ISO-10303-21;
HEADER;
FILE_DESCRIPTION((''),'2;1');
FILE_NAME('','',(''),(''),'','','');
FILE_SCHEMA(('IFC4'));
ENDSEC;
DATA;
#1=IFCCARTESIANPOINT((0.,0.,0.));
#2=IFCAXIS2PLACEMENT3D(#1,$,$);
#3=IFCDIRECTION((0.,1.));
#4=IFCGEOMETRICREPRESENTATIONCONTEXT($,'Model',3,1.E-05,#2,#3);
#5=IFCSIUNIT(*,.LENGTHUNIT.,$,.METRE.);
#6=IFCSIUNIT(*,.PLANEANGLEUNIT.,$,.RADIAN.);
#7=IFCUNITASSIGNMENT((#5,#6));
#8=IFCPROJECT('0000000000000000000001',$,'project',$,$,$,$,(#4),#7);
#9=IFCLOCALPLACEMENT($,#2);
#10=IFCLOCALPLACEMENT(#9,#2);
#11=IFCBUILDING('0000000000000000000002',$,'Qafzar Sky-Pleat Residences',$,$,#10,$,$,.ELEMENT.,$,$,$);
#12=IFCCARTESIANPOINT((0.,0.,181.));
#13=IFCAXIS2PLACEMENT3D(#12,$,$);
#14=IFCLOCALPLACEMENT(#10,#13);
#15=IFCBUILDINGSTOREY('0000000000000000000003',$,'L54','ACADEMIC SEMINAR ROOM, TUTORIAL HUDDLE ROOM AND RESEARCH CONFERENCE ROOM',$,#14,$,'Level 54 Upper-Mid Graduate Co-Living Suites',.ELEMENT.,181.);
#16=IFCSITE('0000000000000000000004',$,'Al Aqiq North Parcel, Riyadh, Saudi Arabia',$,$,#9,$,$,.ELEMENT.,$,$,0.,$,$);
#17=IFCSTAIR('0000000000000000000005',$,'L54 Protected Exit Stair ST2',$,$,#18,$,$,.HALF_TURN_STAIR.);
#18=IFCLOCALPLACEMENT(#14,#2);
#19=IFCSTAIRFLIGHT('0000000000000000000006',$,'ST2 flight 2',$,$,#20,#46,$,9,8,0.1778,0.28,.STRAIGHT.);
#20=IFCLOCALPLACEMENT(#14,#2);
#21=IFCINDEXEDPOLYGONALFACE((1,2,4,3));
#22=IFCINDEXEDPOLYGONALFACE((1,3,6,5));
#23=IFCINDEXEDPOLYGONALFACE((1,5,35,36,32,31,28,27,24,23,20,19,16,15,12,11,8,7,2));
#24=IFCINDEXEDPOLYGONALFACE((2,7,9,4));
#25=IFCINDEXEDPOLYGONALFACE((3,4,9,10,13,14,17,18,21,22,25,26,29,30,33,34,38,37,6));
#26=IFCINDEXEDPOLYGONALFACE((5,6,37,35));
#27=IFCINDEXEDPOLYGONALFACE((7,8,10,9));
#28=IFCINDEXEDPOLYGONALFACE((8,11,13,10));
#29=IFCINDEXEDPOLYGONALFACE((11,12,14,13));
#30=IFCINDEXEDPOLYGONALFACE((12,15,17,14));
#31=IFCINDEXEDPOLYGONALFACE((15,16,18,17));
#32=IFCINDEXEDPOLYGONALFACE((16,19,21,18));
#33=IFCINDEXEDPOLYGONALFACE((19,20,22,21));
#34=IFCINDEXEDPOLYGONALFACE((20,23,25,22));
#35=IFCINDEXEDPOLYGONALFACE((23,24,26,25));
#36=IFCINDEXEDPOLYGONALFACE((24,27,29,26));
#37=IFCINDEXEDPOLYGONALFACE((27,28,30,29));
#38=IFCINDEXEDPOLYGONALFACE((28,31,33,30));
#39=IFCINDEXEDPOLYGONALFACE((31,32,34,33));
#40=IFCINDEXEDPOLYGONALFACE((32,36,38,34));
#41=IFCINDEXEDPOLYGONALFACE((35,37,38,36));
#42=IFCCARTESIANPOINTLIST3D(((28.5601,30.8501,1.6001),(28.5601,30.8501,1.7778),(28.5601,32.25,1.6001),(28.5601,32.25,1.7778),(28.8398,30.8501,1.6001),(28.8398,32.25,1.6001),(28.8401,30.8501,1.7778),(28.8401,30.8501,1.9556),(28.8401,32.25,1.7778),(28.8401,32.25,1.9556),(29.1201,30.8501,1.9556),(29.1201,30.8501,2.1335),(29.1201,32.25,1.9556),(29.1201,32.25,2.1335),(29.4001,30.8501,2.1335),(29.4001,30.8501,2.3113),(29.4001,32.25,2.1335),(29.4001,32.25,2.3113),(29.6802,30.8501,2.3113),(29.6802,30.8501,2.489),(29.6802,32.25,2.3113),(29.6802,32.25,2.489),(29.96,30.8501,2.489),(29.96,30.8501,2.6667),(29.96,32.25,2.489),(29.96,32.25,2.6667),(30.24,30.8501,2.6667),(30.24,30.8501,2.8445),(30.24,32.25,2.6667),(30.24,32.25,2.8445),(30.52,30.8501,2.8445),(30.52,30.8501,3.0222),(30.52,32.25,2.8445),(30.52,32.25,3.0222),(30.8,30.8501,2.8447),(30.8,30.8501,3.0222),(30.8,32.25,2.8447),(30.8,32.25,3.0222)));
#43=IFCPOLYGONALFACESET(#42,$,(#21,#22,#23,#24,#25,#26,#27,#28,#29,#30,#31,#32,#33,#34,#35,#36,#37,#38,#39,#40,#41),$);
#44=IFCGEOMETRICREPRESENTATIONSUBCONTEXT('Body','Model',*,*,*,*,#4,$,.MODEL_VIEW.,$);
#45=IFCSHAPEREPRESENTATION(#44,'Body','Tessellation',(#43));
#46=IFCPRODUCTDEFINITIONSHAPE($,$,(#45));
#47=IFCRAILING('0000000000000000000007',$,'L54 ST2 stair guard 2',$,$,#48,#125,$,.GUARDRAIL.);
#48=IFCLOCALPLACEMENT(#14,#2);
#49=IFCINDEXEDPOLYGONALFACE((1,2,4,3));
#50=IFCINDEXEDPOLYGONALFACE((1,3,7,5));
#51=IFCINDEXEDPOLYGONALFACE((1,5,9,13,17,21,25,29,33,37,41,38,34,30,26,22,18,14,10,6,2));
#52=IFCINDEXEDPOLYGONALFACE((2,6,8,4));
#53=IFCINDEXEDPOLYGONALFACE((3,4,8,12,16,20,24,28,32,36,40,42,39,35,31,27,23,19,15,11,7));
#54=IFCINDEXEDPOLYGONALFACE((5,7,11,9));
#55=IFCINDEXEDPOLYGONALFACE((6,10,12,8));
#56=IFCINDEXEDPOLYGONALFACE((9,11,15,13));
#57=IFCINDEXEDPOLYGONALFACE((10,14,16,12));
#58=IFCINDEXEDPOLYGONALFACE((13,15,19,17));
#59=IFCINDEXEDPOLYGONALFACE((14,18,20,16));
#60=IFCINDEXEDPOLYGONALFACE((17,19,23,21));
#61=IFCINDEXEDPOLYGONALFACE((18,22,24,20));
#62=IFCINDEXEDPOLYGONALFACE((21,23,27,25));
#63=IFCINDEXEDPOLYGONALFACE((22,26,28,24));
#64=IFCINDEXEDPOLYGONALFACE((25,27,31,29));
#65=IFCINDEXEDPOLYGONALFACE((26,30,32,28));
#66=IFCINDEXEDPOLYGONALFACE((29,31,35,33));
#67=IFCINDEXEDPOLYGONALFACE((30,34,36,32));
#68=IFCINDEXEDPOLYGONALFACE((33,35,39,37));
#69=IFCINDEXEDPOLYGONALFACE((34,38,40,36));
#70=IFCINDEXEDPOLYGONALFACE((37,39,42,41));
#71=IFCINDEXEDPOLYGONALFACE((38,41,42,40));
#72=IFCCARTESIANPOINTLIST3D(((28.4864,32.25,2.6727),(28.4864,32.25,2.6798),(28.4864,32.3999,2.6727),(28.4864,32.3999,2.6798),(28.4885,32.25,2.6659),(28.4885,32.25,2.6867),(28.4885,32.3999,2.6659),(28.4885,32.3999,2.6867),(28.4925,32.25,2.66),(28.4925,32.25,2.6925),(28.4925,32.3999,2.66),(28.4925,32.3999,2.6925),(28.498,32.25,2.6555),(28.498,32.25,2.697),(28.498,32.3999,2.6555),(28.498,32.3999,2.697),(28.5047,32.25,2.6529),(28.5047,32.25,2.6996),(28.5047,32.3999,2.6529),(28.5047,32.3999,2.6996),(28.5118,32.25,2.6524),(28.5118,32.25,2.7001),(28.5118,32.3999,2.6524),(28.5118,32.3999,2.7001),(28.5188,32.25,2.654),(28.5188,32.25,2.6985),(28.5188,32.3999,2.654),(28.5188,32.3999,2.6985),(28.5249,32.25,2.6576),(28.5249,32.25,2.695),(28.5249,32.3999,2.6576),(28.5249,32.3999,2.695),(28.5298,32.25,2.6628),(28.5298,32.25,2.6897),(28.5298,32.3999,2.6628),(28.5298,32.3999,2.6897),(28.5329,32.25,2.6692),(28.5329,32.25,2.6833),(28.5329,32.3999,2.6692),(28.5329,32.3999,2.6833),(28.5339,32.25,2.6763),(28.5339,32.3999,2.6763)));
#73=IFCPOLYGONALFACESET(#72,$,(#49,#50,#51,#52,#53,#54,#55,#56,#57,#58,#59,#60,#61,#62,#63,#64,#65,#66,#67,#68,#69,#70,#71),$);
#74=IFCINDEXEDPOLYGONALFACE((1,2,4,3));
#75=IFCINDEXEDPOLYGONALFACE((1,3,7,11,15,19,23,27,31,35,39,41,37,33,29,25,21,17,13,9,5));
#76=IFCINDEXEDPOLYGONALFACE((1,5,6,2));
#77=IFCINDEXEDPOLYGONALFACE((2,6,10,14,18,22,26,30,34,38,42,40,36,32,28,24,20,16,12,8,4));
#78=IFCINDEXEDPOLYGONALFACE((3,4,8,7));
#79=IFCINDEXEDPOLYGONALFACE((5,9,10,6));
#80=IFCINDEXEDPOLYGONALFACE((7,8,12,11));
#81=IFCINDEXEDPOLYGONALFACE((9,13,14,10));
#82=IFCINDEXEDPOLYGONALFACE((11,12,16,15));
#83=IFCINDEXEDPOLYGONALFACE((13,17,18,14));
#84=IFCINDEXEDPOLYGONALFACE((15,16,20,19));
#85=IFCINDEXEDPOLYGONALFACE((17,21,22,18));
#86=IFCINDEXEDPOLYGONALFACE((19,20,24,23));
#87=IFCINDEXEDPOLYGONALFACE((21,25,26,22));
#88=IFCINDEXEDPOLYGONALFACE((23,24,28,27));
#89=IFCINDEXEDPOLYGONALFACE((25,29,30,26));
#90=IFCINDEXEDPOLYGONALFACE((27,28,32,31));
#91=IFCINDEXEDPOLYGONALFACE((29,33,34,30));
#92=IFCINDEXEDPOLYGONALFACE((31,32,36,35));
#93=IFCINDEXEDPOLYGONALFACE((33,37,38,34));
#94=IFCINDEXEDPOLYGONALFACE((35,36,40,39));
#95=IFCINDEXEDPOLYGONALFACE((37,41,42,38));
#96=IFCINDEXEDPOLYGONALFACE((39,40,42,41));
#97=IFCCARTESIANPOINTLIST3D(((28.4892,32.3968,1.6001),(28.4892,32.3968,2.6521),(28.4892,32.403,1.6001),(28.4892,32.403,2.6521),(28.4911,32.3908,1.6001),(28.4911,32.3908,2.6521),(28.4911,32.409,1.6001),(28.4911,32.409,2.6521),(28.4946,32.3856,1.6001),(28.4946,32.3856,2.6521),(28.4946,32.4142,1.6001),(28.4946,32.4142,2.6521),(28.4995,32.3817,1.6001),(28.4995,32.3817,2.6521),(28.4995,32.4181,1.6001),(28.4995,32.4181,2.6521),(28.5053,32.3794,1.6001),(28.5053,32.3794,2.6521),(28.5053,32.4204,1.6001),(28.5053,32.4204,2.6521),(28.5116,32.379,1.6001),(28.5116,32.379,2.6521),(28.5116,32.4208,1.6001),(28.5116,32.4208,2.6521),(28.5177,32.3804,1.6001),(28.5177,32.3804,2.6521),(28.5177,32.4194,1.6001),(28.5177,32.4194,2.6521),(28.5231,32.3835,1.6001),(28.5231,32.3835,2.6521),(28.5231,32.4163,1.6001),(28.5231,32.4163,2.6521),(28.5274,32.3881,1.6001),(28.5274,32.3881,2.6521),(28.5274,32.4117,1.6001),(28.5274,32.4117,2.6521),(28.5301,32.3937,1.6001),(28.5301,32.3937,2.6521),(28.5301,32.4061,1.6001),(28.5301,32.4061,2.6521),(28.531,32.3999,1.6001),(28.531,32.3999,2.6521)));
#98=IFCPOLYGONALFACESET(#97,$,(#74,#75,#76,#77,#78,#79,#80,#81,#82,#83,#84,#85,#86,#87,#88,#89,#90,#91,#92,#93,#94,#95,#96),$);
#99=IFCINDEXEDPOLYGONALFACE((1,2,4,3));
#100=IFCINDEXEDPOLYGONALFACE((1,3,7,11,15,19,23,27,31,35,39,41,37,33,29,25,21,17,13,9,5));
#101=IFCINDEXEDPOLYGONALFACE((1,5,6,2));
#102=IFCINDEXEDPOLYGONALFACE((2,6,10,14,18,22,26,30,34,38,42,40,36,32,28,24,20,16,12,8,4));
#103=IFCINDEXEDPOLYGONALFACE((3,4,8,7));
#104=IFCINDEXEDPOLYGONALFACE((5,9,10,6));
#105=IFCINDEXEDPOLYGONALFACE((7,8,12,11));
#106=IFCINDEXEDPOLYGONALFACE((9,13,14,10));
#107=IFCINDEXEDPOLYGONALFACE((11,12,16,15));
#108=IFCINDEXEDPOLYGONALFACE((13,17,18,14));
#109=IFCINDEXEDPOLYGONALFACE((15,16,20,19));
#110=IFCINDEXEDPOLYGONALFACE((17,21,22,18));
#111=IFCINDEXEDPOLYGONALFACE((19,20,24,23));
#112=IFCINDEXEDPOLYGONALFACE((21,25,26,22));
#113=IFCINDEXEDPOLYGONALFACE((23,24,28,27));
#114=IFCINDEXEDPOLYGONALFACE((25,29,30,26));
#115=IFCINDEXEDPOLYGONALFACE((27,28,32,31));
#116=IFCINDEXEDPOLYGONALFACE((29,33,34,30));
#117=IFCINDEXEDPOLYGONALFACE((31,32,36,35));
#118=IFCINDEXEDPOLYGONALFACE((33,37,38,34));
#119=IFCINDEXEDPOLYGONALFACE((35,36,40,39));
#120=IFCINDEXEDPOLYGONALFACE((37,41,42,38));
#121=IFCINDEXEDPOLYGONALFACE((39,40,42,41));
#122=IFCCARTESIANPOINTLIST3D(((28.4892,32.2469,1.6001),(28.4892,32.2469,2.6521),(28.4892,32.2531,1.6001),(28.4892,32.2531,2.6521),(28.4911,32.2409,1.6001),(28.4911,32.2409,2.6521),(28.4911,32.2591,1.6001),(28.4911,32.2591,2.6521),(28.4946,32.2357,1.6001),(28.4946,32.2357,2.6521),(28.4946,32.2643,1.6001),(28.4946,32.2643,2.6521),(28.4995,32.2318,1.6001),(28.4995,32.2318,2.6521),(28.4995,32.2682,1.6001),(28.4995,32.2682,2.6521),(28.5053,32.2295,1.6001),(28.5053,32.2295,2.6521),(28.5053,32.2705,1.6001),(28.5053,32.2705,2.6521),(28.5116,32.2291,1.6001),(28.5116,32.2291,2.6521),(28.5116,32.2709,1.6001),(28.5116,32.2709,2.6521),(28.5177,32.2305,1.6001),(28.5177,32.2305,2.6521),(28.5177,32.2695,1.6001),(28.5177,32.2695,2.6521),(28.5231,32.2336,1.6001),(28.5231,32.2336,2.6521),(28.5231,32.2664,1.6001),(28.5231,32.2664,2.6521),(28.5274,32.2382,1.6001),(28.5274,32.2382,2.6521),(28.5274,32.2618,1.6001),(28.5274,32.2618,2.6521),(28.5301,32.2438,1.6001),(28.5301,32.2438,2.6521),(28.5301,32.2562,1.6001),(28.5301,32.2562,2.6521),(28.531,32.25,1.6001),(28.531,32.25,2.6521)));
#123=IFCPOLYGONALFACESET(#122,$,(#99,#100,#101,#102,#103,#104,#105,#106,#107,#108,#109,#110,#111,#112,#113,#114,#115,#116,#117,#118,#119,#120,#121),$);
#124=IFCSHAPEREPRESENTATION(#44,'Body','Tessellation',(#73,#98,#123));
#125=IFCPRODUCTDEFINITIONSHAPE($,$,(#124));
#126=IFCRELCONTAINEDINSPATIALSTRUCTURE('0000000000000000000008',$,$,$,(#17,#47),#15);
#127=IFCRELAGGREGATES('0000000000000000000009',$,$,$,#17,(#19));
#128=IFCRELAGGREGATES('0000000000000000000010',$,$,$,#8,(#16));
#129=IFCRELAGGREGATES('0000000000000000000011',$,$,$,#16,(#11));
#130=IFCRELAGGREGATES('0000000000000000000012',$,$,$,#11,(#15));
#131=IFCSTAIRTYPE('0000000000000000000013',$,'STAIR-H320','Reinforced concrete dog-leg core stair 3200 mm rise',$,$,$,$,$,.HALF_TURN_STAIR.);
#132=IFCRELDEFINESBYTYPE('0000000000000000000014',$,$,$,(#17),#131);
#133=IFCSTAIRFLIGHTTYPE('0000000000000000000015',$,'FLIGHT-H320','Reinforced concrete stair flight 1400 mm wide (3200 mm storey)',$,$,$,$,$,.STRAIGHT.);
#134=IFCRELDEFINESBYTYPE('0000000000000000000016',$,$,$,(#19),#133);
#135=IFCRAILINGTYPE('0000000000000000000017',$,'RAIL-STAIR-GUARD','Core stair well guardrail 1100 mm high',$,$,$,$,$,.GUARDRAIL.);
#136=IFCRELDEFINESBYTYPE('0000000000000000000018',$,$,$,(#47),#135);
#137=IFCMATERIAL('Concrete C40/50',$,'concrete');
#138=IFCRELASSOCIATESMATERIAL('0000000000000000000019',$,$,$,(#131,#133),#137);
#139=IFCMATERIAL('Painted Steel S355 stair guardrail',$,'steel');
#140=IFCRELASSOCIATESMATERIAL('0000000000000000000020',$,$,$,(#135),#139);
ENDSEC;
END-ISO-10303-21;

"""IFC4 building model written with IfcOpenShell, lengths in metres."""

from ifc_helpers import new_model, si_unit, direction, frame, origin, origin_2d, place, context, subcontext, project, spatial, polyline, circle, outline, extrude, source, transform, mapped, material, type_object, element, aggregate, save


model = new_model("IFC4")

# Units and contexts
model_context = context("Model", 3, precision=1e-05, world=origin(), true_north=direction((0.0, 1.0)))
body_context = subcontext(model_context, "Body", "Model", "MODEL_VIEW")
ifc_project = project(units=[si_unit("LENGTHUNIT", "METRE"), si_unit("PLANEANGLEUNIT", "RADIAN")], contexts=[model_context])

# Site, building, storey
site_placement = place(None, origin())
site = spatial("IfcSite", under=ifc_project, at=site_placement, Name="Al Aqiq North Parcel, Riyadh, Saudi Arabia", CompositionType="ELEMENT", RefElevation=0.0)
building_placement = place(site_placement, origin())
building = spatial("IfcBuilding", under=site, at=building_placement, Name="Qafzar Sky-Pleat Residences", CompositionType="ELEMENT")
storey_placement = place(building_placement, frame((0.0, 0.0, 181.0)))
storey = spatial("IfcBuildingStorey", under=building, at=storey_placement, Name="L54", Description="ACADEMIC SEMINAR ROOM, TUTORIAL HUDDLE ROOM AND RESEARCH CONFERENCE ROOM", LongName="Level 54 Upper-Mid Graduate Co-Living Suites", CompositionType="ELEMENT", Elevation=181.0)

# Stair, stair flight
ifc_material_1 = material(Name="Concrete C40/50", Category="concrete")
stair_type = type_object("IfcStairType", Name="STAIR-H320", Description="Reinforced concrete dog-leg core stair 3200 mm rise", PredefinedType="HALF_TURN_STAIR", material=ifc_material_1)
stair_placement = place(storey_placement, origin())
stair = element("IfcStair", 1, at=stair_placement, inside=storey, type_object=stair_type, Name="L54 Protected Exit Stair ST2", PredefinedType="HALF_TURN_STAIR")
stair_flight_type = type_object("IfcStairFlightType", Name="FLIGHT-H320", Description="Reinforced concrete stair flight 1400 mm wide (3200 mm storey)", PredefinedType="STRAIGHT", material=ifc_material_1)
shared_shape_1 = source(origin(), body_context, "Body", "SweptSolid", [
    extrude(outline(polyline([(0.0, 0.0), (0.0, 0.1777), (0.28, 0.1777), (0.28, 0.3555), (0.5601, 0.3555), (0.5601, 0.5334), (0.8401, 0.5334), (0.8401, 0.7112), (1.1201, 0.7112), (1.1201, 0.8889), (1.3999, 0.8889), (1.3999, 1.0667), (1.6799, 1.0667), (1.6799, 1.2444), (1.96, 1.2444), (1.96, 1.4221), (2.24, 1.4221), (2.24, 1.6001), (2.24, 1.2446), (0.2798, 0.0), (0.0, 0.0)])), frame((0.0, 0.7, 0.0), z_axis=(0.0, -1.0, 0.0), x_axis=(1.0, 0.0, 0.0)), (0.0, 0.0, 1.0), 1.3999),
])
stair_flight_placement = place(storey_placement, frame((28.5601, 31.55, 1.6001), z_axis=(0.0, 0.0, 1.0), x_axis=(1.0, 0.0, 0.0)))
stair_flight = element("IfcStairFlight", 2, at=stair_flight_placement, type_object=stair_flight_type, Name="ST2 flight 2", NumberOfRisers=9, NumberOfTreads=8, PredefinedType="STRAIGHT", RiserHeight=0.1778, TreadLength=0.28, context=body_context, shape_type="MappedRepresentation", body=[
    mapped(shared_shape_1, transform((0.0, 0.0, 0.0), x_axis=(1.0, 0.0, 0.0), y_axis=(0.0, 1.0, 0.0), z_axis=(0.0, 0.0, 1.0), scale=1.0)),
])
aggregate(stair, [stair_flight])

# Railing
ifc_material_2 = material(Name="Painted Steel S355 stair guardrail", Category="steel")
railing_type_1 = type_object("IfcRailingType", Name="RAIL-STAIR-GUARD", Description="Core stair well guardrail 1100 mm high", PredefinedType="GUARDRAIL", material=ifc_material_2)
shared_shape_2 = source(origin(), body_context, "Body", "SweptSolid", [
    extrude(circle(Radius=0.0239, at=origin_2d()), frame((0.0, 0.0, 1.0762), z_axis=(0.0, -1.0, 0.0), x_axis=(1.0, 0.0, 0.0)), (0.0, 0.0, 1.0), 0.1499),
    extrude(circle(Radius=0.021, at=origin_2d()), origin(), (0.0, 0.0, 1.0), 1.052),
    extrude(circle(Radius=0.021, at=origin_2d()), frame((0.0, -0.1499, 0.0)), (0.0, 0.0, 1.0), 1.052),
])
railing_1_placement = place(storey_placement, frame((28.51, 32.3999, 1.6001)))
element("IfcRailing", 3, at=railing_1_placement, inside=storey, type_object=railing_type_1, Name="L54 ST2 stair guard 2", PredefinedType="GUARDRAIL", context=body_context, shape_type="MappedRepresentation", body=[
    mapped(shared_shape_2, transform((0.0, 0.0, 0.0), x_axis=(1.0, 0.0, 0.0), y_axis=(0.0, 1.0, 0.0), z_axis=(0.0, 0.0, 1.0), scale=1.0)),
])

save(model, "model.ifc")
